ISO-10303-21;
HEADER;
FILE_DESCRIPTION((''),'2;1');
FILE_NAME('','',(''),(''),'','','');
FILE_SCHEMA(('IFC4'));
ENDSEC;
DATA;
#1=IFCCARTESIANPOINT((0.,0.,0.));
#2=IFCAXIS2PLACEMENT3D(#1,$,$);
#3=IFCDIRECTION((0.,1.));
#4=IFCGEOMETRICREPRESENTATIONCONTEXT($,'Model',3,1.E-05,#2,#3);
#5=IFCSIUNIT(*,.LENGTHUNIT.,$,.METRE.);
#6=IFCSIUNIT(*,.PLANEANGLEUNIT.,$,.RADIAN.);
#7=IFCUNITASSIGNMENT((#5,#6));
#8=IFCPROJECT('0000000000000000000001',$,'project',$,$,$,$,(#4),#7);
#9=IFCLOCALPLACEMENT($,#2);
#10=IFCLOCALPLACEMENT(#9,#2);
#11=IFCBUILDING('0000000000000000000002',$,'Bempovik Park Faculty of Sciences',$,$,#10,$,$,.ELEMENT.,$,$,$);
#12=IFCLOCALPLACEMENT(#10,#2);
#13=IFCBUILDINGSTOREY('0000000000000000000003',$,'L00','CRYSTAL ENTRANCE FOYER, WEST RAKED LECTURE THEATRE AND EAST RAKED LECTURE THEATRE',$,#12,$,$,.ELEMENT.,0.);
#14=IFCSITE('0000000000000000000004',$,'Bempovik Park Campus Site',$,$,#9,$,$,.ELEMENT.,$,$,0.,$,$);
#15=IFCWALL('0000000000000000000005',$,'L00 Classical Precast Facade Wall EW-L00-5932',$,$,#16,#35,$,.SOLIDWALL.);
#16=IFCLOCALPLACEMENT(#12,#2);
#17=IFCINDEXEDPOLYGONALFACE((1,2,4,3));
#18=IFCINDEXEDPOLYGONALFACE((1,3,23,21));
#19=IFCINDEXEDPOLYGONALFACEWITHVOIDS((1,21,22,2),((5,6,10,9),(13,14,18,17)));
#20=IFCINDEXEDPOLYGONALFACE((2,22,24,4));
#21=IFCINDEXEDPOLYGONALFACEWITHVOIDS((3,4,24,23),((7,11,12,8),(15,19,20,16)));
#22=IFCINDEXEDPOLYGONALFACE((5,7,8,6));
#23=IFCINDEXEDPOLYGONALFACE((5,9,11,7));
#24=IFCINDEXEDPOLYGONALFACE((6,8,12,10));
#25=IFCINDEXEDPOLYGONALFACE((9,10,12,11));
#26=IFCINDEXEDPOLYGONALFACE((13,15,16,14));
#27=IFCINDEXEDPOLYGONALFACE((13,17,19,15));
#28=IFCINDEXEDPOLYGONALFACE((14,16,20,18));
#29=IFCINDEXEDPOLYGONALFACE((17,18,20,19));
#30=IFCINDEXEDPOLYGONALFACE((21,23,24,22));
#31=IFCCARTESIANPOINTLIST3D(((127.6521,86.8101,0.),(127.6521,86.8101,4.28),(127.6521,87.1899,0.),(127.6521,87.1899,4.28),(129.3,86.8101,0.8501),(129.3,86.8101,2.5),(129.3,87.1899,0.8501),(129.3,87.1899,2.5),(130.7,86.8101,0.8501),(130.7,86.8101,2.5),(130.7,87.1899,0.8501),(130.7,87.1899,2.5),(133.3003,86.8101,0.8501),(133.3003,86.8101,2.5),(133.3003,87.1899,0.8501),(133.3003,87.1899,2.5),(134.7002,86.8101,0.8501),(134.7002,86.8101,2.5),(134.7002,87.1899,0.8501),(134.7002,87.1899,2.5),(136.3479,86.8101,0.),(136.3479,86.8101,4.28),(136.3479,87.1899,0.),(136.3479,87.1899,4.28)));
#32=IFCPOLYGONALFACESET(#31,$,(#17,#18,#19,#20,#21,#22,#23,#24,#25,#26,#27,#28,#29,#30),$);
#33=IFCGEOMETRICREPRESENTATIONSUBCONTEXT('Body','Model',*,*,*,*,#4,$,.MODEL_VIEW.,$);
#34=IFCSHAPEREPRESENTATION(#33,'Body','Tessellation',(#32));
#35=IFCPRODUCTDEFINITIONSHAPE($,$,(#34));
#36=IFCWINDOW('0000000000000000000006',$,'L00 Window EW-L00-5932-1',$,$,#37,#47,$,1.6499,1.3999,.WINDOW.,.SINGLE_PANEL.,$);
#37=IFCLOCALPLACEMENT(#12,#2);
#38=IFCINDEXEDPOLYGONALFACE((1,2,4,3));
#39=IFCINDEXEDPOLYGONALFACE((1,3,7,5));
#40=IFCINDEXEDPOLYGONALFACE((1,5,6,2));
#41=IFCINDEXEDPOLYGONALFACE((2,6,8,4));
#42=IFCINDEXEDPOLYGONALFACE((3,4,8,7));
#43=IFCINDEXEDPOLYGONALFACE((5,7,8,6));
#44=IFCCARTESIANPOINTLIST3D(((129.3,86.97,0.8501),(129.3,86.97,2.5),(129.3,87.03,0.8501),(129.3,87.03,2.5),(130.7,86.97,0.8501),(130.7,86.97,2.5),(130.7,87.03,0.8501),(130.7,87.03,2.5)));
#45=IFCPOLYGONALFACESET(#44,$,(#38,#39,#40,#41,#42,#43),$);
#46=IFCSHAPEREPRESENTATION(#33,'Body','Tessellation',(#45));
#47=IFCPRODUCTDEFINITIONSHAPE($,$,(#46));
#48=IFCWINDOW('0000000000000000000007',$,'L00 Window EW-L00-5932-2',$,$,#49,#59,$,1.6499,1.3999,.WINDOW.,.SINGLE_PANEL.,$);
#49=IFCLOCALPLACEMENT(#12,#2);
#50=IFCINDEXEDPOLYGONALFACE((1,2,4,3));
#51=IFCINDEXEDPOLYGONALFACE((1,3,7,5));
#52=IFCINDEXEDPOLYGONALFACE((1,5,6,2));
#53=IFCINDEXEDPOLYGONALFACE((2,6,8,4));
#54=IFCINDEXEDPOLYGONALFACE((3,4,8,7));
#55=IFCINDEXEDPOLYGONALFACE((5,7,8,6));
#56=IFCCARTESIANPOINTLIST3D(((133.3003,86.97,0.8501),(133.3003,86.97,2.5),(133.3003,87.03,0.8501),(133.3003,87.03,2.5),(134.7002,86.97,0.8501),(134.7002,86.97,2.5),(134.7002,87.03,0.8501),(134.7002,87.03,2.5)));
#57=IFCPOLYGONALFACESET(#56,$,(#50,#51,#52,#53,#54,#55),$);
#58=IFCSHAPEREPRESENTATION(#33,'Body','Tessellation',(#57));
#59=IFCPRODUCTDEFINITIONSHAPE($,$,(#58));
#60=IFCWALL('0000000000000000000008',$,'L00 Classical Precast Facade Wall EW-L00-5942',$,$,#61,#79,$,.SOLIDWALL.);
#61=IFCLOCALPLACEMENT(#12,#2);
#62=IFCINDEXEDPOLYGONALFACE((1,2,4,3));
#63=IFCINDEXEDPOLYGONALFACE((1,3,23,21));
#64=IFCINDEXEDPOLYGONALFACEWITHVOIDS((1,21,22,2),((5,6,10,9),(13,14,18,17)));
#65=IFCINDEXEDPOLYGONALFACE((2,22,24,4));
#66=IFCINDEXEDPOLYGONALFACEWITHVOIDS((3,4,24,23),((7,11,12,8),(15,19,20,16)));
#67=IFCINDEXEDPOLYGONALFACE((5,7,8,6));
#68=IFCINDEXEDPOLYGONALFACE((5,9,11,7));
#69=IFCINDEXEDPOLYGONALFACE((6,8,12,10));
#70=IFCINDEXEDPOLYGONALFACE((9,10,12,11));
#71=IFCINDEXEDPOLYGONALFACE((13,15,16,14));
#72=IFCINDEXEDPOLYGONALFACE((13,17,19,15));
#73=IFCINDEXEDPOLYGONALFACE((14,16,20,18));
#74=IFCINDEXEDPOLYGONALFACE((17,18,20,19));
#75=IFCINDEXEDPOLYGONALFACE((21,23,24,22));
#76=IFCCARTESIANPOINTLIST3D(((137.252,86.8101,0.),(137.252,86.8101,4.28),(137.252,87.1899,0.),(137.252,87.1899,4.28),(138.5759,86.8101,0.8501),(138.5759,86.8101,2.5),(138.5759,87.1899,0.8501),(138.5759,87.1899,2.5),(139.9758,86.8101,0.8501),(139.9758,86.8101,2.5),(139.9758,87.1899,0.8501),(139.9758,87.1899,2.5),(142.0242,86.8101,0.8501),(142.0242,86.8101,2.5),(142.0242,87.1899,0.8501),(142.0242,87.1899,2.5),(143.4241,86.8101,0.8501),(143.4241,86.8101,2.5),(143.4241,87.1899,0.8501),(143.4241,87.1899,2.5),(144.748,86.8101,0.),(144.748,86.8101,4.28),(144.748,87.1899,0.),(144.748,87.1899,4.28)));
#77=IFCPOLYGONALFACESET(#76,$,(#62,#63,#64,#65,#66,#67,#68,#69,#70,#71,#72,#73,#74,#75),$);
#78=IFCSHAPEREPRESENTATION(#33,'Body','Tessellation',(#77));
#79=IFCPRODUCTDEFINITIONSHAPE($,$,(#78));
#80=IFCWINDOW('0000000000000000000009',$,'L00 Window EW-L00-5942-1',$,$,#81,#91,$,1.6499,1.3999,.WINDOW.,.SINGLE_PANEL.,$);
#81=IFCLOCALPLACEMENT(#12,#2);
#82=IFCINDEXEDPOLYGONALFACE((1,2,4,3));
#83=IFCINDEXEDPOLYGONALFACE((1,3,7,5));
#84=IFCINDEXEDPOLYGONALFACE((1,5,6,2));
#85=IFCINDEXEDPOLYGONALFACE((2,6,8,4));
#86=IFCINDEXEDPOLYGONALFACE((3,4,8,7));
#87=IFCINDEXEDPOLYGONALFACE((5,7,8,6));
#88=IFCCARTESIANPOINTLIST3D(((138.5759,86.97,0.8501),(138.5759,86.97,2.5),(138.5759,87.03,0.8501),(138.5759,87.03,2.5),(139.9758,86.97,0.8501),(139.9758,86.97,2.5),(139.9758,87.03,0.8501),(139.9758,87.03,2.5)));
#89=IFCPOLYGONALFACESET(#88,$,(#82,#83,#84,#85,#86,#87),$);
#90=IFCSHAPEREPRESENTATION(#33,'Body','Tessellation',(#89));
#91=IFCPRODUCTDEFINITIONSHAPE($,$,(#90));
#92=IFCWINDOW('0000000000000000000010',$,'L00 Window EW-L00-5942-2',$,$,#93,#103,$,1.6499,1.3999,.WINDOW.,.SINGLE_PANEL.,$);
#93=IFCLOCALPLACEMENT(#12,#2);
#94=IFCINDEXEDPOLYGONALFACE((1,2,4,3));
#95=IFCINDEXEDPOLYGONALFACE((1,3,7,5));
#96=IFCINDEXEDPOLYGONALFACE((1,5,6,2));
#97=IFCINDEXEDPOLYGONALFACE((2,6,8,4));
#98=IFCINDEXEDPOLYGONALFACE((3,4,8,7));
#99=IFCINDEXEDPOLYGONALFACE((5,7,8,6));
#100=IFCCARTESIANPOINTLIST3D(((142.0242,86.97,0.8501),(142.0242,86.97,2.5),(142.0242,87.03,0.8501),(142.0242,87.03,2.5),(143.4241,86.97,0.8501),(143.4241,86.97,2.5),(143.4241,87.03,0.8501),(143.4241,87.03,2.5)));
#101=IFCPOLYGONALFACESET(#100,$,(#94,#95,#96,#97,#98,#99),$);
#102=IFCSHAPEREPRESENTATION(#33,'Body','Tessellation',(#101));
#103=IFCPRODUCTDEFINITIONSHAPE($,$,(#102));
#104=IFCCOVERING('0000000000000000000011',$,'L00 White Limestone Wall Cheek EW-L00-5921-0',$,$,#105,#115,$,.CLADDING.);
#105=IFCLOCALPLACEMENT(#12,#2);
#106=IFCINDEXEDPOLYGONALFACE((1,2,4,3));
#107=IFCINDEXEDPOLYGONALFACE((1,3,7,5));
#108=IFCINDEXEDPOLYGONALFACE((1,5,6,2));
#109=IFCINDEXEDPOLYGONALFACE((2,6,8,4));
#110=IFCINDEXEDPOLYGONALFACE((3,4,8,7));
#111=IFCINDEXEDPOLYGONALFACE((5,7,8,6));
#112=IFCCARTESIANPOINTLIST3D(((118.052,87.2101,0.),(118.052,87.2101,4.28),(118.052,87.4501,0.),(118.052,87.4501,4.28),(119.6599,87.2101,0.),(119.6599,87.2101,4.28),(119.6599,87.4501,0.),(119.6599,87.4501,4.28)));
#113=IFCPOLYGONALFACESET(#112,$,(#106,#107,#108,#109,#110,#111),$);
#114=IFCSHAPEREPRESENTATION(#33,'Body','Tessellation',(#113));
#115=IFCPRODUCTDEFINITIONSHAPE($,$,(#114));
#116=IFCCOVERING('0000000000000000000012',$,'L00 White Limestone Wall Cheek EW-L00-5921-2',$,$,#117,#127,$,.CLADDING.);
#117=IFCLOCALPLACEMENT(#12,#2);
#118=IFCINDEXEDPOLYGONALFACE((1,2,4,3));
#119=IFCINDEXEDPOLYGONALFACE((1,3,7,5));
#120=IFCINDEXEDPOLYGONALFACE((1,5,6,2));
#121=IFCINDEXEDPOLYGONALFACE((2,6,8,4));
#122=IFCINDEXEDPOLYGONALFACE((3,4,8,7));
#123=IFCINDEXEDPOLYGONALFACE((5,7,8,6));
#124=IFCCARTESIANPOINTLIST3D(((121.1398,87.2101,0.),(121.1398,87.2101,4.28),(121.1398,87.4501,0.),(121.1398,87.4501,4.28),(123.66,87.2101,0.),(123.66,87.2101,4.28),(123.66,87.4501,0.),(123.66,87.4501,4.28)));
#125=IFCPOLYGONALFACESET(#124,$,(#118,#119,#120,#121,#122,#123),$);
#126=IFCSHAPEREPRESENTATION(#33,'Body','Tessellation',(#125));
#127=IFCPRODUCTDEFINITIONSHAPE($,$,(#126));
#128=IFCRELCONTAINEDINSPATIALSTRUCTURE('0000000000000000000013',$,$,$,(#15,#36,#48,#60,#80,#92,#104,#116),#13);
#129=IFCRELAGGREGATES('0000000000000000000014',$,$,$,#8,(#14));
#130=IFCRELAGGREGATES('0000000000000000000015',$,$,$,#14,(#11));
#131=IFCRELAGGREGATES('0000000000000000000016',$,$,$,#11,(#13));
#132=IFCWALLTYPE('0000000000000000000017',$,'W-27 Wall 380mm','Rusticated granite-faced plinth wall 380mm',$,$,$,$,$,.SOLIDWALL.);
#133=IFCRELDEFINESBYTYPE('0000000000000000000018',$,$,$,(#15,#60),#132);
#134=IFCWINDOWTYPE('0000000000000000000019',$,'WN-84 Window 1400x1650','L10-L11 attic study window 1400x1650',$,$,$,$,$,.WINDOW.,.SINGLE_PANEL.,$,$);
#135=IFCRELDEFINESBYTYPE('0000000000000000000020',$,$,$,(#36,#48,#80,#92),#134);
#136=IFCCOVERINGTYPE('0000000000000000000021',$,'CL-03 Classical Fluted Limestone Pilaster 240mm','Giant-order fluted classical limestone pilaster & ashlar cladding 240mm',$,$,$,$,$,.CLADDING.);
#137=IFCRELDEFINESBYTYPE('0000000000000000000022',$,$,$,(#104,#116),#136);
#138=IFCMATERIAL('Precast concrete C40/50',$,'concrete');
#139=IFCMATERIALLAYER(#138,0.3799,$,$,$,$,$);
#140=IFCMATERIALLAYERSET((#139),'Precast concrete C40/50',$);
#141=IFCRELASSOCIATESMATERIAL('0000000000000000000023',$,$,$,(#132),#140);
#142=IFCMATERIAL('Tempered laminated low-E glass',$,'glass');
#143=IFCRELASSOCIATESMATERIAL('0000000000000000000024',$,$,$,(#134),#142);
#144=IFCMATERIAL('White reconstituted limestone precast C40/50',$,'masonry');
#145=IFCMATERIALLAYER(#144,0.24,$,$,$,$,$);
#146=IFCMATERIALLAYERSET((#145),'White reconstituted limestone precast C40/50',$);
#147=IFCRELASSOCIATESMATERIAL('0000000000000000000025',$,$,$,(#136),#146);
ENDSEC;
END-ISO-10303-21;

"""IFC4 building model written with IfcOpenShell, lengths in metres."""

from ifc_helpers import new_model, si_unit, direction, frame, frame_2d, origin, origin_2d, place, context, subcontext, project, spatial, rectangle, extrude, material, layer, layer_set, type_object, element, fill, save


model = new_model("IFC4")

# Units and contexts
model_context = context("Model", 3, precision=1e-05, world=origin(), true_north=direction((0.0, 1.0)))
body_context = subcontext(model_context, "Body", "Model", "MODEL_VIEW")
ifc_project = project(units=[si_unit("LENGTHUNIT", "METRE"), si_unit("PLANEANGLEUNIT", "RADIAN")], contexts=[model_context])

# Site, building, storey
site_placement = place(None, origin())
site = spatial("IfcSite", under=ifc_project, at=site_placement, Name="Bempovik Park Campus Site", CompositionType="ELEMENT", RefElevation=0.0)
building_placement = place(site_placement, origin())
building = spatial("IfcBuilding", under=site, at=building_placement, Name="Bempovik Park Faculty of Sciences", CompositionType="ELEMENT")
storey_placement = place(building_placement, origin())
storey = spatial("IfcBuildingStorey", under=building, at=storey_placement, Name="L00", Description="CRYSTAL ENTRANCE FOYER, WEST RAKED LECTURE THEATRE AND EAST RAKED LECTURE THEATRE", CompositionType="ELEMENT", Elevation=0.0)

# Walls, openings, windows
ifc_material_1 = material(Name="Precast concrete C40/50", Category="concrete")
ifc_layer_1 = layer(ifc_material_1, 0.3799)
ifc_layer_set_1 = layer_set([ifc_layer_1], Name="Precast concrete C40/50")
wall_type = type_object("IfcWallType", Name="W-27 Wall 380mm", Description="Rusticated granite-faced plinth wall 380mm", PredefinedType="SOLIDWALL", material=ifc_layer_set_1)
wall_1_placement = place(storey_placement, frame((127.6521, 87.0, 0.0), z_axis=(0.0, 0.0, 1.0), x_axis=(1.0, 0.0, 0.0)))
wall_1 = element("IfcWall", 1, at=wall_1_placement, inside=storey, type_object=wall_type, Name="L00 Classical Precast Facade Wall EW-L00-5932", PredefinedType="SOLIDWALL", context=body_context, shape_type="SweptSolid", body=[
    extrude(rectangle(XDim=8.6958, YDim=0.3799, at=frame_2d((4.3479, 0.0))), origin(), (0.0, 0.0, 1.0), 4.28),
])
opening_1_placement = place(wall_1_placement, frame((1.6479, 0.0, 0.8501)))
opening_1 = element("IfcOpeningElement", 2, at=opening_1_placement, cuts=wall_1, PredefinedType="OPENING", context=body_context, shape_type="SweptSolid", body=[
    extrude(rectangle(XDim=1.3999, YDim=1.6499, at=frame_2d((0.7, 0.825))), frame((0.0, 0.2, 0.0), z_axis=(0.0, -1.0, 0.0), x_axis=(1.0, 0.0, 0.0)), (0.0, 0.0, 1.0), 0.3999),
])
opening_2_placement = place(wall_1_placement, frame((5.6482, 0.0, 0.8501)))
opening_2 = element("IfcOpeningElement", 3, at=opening_2_placement, cuts=wall_1, PredefinedType="OPENING", context=body_context, shape_type="SweptSolid", body=[
    extrude(rectangle(XDim=1.3999, YDim=1.6499, at=frame_2d((0.7, 0.825))), frame((0.0, 0.2, 0.0), z_axis=(0.0, -1.0, 0.0), x_axis=(1.0, 0.0, 0.0)), (0.0, 0.0, 1.0), 0.3999),
])
ifc_material_2 = material(Name="Tempered laminated low-E glass", Category="glass")
window_type = type_object("IfcWindowType", Name="WN-84 Window 1400x1650", Description="L10-L11 attic study window 1400x1650", PartitioningType="SINGLE_PANEL", PredefinedType="WINDOW", material=ifc_material_2)
window_1_placement = place(opening_1_placement, origin())
window_1 = element("IfcWindow", 4, at=window_1_placement, inside=storey, type_object=window_type, Name="L00 Window EW-L00-5932-1", OverallHeight=1.6499, OverallWidth=1.3999, PartitioningType="SINGLE_PANEL", PredefinedType="WINDOW", context=body_context, shape_type="SweptSolid", body=[
    extrude(rectangle(XDim=1.3999, YDim=1.6499, at=frame_2d((0.7, 0.825))), frame((0.0, 0.03, 0.0), z_axis=(0.0, -1.0, 0.0), x_axis=(1.0, 0.0, 0.0)), (0.0, 0.0, 1.0), 0.0601),
])
fill(opening_1, window_1)
window_2_placement = place(opening_2_placement, origin())
window_2 = element("IfcWindow", 5, at=window_2_placement, inside=storey, type_object=window_type, Name="L00 Window EW-L00-5932-2", OverallHeight=1.6499, OverallWidth=1.3999, PartitioningType="SINGLE_PANEL", PredefinedType="WINDOW", context=body_context, shape_type="SweptSolid", body=[
    extrude(rectangle(XDim=1.3999, YDim=1.6499, at=frame_2d((0.7, 0.825))), frame((0.0, 0.03, 0.0), z_axis=(0.0, -1.0, 0.0), x_axis=(1.0, 0.0, 0.0)), (0.0, 0.0, 1.0), 0.0601),
])
fill(opening_2, window_2)
wall_2_placement = place(storey_placement, frame((137.252, 87.0, 0.0), z_axis=(0.0, 0.0, 1.0), x_axis=(1.0, 0.0, 0.0)))
wall_2 = element("IfcWall", 6, at=wall_2_placement, inside=storey, type_object=wall_type, Name="L00 Classical Precast Facade Wall EW-L00-5942", PredefinedType="SOLIDWALL", context=body_context, shape_type="SweptSolid", body=[
    extrude(rectangle(XDim=7.4961, YDim=0.3799, at=frame_2d((3.748, 0.0))), origin(), (0.0, 0.0, 1.0), 4.28),
])
opening_3_placement = place(wall_2_placement, frame((1.324, 0.0, 0.8501)))
opening_3 = element("IfcOpeningElement", 7, at=opening_3_placement, cuts=wall_2, PredefinedType="OPENING", context=body_context, shape_type="SweptSolid", body=[
    extrude(rectangle(XDim=1.3999, YDim=1.6499, at=frame_2d((0.7, 0.825))), frame((0.0, 0.2, 0.0), z_axis=(0.0, -1.0, 0.0), x_axis=(1.0, 0.0, 0.0)), (0.0, 0.0, 1.0), 0.3999),
])
opening_4_placement = place(wall_2_placement, frame((4.7722, 0.0, 0.8501)))
opening_4 = element("IfcOpeningElement", 8, at=opening_4_placement, cuts=wall_2, PredefinedType="OPENING", context=body_context, shape_type="SweptSolid", body=[
    extrude(rectangle(XDim=1.3999, YDim=1.6499, at=frame_2d((0.7, 0.825))), frame((0.0, 0.2, 0.0), z_axis=(0.0, -1.0, 0.0), x_axis=(1.0, 0.0, 0.0)), (0.0, 0.0, 1.0), 0.3999),
])
window_3_placement = place(opening_3_placement, origin())
window_3 = element("IfcWindow", 9, at=window_3_placement, inside=storey, type_object=window_type, Name="L00 Window EW-L00-5942-1", OverallHeight=1.6499, OverallWidth=1.3999, PartitioningType="SINGLE_PANEL", PredefinedType="WINDOW", context=body_context, shape_type="SweptSolid", body=[
    extrude(rectangle(XDim=1.3999, YDim=1.6499, at=frame_2d((0.7, 0.825))), frame((0.0, 0.03, 0.0), z_axis=(0.0, -1.0, 0.0), x_axis=(1.0, 0.0, 0.0)), (0.0, 0.0, 1.0), 0.0601),
])
fill(opening_3, window_3)
window_4_placement = place(opening_4_placement, origin())
window_4 = element("IfcWindow", 10, at=window_4_placement, inside=storey, type_object=window_type, Name="L00 Window EW-L00-5942-2", OverallHeight=1.6499, OverallWidth=1.3999, PartitioningType="SINGLE_PANEL", PredefinedType="WINDOW", context=body_context, shape_type="SweptSolid", body=[
    extrude(rectangle(XDim=1.3999, YDim=1.6499, at=frame_2d((0.7, 0.825))), frame((0.0, 0.03, 0.0), z_axis=(0.0, -1.0, 0.0), x_axis=(1.0, 0.0, 0.0)), (0.0, 0.0, 1.0), 0.0601),
])
fill(opening_4, window_4)

# Coverings
ifc_material_3 = material(Name="White reconstituted limestone precast C40/50", Category="masonry")
ifc_layer_2 = layer(ifc_material_3, 0.24)
ifc_layer_set_2 = layer_set([ifc_layer_2], Name="White reconstituted limestone precast C40/50")
covering_type = type_object("IfcCoveringType", Name="CL-03 Classical Fluted Limestone Pilaster 240mm", Description="Giant-order fluted classical limestone pilaster & ashlar cladding 240mm", PredefinedType="CLADDING", material=ifc_layer_set_2)
covering_1_placement = place(storey_placement, frame((118.856, 87.3301, 0.0), z_axis=(0.0, 0.0, 1.0), x_axis=(1.0, 0.0, 0.0)))
element("IfcCovering", 11, at=covering_1_placement, inside=storey, type_object=covering_type, Name="L00 White Limestone Wall Cheek EW-L00-5921-0", PredefinedType="CLADDING", context=body_context, shape_type="SweptSolid", body=[
    extrude(rectangle(XDim=1.6079, YDim=0.24, at=origin_2d()), origin(), (0.0, 0.0, 1.0), 4.28),
])
covering_2_placement = place(storey_placement, frame((122.3999, 87.3301, 0.0), z_axis=(0.0, 0.0, 1.0), x_axis=(1.0, 0.0, 0.0)))
element("IfcCovering", 12, at=covering_2_placement, inside=storey, type_object=covering_type, Name="L00 White Limestone Wall Cheek EW-L00-5921-2", PredefinedType="CLADDING", context=body_context, shape_type="SweptSolid", body=[
    extrude(rectangle(XDim=2.5203, YDim=0.24, at=origin_2d()), origin(), (0.0, 0.0, 1.0), 4.28),
])

save(model, "model.ifc")
